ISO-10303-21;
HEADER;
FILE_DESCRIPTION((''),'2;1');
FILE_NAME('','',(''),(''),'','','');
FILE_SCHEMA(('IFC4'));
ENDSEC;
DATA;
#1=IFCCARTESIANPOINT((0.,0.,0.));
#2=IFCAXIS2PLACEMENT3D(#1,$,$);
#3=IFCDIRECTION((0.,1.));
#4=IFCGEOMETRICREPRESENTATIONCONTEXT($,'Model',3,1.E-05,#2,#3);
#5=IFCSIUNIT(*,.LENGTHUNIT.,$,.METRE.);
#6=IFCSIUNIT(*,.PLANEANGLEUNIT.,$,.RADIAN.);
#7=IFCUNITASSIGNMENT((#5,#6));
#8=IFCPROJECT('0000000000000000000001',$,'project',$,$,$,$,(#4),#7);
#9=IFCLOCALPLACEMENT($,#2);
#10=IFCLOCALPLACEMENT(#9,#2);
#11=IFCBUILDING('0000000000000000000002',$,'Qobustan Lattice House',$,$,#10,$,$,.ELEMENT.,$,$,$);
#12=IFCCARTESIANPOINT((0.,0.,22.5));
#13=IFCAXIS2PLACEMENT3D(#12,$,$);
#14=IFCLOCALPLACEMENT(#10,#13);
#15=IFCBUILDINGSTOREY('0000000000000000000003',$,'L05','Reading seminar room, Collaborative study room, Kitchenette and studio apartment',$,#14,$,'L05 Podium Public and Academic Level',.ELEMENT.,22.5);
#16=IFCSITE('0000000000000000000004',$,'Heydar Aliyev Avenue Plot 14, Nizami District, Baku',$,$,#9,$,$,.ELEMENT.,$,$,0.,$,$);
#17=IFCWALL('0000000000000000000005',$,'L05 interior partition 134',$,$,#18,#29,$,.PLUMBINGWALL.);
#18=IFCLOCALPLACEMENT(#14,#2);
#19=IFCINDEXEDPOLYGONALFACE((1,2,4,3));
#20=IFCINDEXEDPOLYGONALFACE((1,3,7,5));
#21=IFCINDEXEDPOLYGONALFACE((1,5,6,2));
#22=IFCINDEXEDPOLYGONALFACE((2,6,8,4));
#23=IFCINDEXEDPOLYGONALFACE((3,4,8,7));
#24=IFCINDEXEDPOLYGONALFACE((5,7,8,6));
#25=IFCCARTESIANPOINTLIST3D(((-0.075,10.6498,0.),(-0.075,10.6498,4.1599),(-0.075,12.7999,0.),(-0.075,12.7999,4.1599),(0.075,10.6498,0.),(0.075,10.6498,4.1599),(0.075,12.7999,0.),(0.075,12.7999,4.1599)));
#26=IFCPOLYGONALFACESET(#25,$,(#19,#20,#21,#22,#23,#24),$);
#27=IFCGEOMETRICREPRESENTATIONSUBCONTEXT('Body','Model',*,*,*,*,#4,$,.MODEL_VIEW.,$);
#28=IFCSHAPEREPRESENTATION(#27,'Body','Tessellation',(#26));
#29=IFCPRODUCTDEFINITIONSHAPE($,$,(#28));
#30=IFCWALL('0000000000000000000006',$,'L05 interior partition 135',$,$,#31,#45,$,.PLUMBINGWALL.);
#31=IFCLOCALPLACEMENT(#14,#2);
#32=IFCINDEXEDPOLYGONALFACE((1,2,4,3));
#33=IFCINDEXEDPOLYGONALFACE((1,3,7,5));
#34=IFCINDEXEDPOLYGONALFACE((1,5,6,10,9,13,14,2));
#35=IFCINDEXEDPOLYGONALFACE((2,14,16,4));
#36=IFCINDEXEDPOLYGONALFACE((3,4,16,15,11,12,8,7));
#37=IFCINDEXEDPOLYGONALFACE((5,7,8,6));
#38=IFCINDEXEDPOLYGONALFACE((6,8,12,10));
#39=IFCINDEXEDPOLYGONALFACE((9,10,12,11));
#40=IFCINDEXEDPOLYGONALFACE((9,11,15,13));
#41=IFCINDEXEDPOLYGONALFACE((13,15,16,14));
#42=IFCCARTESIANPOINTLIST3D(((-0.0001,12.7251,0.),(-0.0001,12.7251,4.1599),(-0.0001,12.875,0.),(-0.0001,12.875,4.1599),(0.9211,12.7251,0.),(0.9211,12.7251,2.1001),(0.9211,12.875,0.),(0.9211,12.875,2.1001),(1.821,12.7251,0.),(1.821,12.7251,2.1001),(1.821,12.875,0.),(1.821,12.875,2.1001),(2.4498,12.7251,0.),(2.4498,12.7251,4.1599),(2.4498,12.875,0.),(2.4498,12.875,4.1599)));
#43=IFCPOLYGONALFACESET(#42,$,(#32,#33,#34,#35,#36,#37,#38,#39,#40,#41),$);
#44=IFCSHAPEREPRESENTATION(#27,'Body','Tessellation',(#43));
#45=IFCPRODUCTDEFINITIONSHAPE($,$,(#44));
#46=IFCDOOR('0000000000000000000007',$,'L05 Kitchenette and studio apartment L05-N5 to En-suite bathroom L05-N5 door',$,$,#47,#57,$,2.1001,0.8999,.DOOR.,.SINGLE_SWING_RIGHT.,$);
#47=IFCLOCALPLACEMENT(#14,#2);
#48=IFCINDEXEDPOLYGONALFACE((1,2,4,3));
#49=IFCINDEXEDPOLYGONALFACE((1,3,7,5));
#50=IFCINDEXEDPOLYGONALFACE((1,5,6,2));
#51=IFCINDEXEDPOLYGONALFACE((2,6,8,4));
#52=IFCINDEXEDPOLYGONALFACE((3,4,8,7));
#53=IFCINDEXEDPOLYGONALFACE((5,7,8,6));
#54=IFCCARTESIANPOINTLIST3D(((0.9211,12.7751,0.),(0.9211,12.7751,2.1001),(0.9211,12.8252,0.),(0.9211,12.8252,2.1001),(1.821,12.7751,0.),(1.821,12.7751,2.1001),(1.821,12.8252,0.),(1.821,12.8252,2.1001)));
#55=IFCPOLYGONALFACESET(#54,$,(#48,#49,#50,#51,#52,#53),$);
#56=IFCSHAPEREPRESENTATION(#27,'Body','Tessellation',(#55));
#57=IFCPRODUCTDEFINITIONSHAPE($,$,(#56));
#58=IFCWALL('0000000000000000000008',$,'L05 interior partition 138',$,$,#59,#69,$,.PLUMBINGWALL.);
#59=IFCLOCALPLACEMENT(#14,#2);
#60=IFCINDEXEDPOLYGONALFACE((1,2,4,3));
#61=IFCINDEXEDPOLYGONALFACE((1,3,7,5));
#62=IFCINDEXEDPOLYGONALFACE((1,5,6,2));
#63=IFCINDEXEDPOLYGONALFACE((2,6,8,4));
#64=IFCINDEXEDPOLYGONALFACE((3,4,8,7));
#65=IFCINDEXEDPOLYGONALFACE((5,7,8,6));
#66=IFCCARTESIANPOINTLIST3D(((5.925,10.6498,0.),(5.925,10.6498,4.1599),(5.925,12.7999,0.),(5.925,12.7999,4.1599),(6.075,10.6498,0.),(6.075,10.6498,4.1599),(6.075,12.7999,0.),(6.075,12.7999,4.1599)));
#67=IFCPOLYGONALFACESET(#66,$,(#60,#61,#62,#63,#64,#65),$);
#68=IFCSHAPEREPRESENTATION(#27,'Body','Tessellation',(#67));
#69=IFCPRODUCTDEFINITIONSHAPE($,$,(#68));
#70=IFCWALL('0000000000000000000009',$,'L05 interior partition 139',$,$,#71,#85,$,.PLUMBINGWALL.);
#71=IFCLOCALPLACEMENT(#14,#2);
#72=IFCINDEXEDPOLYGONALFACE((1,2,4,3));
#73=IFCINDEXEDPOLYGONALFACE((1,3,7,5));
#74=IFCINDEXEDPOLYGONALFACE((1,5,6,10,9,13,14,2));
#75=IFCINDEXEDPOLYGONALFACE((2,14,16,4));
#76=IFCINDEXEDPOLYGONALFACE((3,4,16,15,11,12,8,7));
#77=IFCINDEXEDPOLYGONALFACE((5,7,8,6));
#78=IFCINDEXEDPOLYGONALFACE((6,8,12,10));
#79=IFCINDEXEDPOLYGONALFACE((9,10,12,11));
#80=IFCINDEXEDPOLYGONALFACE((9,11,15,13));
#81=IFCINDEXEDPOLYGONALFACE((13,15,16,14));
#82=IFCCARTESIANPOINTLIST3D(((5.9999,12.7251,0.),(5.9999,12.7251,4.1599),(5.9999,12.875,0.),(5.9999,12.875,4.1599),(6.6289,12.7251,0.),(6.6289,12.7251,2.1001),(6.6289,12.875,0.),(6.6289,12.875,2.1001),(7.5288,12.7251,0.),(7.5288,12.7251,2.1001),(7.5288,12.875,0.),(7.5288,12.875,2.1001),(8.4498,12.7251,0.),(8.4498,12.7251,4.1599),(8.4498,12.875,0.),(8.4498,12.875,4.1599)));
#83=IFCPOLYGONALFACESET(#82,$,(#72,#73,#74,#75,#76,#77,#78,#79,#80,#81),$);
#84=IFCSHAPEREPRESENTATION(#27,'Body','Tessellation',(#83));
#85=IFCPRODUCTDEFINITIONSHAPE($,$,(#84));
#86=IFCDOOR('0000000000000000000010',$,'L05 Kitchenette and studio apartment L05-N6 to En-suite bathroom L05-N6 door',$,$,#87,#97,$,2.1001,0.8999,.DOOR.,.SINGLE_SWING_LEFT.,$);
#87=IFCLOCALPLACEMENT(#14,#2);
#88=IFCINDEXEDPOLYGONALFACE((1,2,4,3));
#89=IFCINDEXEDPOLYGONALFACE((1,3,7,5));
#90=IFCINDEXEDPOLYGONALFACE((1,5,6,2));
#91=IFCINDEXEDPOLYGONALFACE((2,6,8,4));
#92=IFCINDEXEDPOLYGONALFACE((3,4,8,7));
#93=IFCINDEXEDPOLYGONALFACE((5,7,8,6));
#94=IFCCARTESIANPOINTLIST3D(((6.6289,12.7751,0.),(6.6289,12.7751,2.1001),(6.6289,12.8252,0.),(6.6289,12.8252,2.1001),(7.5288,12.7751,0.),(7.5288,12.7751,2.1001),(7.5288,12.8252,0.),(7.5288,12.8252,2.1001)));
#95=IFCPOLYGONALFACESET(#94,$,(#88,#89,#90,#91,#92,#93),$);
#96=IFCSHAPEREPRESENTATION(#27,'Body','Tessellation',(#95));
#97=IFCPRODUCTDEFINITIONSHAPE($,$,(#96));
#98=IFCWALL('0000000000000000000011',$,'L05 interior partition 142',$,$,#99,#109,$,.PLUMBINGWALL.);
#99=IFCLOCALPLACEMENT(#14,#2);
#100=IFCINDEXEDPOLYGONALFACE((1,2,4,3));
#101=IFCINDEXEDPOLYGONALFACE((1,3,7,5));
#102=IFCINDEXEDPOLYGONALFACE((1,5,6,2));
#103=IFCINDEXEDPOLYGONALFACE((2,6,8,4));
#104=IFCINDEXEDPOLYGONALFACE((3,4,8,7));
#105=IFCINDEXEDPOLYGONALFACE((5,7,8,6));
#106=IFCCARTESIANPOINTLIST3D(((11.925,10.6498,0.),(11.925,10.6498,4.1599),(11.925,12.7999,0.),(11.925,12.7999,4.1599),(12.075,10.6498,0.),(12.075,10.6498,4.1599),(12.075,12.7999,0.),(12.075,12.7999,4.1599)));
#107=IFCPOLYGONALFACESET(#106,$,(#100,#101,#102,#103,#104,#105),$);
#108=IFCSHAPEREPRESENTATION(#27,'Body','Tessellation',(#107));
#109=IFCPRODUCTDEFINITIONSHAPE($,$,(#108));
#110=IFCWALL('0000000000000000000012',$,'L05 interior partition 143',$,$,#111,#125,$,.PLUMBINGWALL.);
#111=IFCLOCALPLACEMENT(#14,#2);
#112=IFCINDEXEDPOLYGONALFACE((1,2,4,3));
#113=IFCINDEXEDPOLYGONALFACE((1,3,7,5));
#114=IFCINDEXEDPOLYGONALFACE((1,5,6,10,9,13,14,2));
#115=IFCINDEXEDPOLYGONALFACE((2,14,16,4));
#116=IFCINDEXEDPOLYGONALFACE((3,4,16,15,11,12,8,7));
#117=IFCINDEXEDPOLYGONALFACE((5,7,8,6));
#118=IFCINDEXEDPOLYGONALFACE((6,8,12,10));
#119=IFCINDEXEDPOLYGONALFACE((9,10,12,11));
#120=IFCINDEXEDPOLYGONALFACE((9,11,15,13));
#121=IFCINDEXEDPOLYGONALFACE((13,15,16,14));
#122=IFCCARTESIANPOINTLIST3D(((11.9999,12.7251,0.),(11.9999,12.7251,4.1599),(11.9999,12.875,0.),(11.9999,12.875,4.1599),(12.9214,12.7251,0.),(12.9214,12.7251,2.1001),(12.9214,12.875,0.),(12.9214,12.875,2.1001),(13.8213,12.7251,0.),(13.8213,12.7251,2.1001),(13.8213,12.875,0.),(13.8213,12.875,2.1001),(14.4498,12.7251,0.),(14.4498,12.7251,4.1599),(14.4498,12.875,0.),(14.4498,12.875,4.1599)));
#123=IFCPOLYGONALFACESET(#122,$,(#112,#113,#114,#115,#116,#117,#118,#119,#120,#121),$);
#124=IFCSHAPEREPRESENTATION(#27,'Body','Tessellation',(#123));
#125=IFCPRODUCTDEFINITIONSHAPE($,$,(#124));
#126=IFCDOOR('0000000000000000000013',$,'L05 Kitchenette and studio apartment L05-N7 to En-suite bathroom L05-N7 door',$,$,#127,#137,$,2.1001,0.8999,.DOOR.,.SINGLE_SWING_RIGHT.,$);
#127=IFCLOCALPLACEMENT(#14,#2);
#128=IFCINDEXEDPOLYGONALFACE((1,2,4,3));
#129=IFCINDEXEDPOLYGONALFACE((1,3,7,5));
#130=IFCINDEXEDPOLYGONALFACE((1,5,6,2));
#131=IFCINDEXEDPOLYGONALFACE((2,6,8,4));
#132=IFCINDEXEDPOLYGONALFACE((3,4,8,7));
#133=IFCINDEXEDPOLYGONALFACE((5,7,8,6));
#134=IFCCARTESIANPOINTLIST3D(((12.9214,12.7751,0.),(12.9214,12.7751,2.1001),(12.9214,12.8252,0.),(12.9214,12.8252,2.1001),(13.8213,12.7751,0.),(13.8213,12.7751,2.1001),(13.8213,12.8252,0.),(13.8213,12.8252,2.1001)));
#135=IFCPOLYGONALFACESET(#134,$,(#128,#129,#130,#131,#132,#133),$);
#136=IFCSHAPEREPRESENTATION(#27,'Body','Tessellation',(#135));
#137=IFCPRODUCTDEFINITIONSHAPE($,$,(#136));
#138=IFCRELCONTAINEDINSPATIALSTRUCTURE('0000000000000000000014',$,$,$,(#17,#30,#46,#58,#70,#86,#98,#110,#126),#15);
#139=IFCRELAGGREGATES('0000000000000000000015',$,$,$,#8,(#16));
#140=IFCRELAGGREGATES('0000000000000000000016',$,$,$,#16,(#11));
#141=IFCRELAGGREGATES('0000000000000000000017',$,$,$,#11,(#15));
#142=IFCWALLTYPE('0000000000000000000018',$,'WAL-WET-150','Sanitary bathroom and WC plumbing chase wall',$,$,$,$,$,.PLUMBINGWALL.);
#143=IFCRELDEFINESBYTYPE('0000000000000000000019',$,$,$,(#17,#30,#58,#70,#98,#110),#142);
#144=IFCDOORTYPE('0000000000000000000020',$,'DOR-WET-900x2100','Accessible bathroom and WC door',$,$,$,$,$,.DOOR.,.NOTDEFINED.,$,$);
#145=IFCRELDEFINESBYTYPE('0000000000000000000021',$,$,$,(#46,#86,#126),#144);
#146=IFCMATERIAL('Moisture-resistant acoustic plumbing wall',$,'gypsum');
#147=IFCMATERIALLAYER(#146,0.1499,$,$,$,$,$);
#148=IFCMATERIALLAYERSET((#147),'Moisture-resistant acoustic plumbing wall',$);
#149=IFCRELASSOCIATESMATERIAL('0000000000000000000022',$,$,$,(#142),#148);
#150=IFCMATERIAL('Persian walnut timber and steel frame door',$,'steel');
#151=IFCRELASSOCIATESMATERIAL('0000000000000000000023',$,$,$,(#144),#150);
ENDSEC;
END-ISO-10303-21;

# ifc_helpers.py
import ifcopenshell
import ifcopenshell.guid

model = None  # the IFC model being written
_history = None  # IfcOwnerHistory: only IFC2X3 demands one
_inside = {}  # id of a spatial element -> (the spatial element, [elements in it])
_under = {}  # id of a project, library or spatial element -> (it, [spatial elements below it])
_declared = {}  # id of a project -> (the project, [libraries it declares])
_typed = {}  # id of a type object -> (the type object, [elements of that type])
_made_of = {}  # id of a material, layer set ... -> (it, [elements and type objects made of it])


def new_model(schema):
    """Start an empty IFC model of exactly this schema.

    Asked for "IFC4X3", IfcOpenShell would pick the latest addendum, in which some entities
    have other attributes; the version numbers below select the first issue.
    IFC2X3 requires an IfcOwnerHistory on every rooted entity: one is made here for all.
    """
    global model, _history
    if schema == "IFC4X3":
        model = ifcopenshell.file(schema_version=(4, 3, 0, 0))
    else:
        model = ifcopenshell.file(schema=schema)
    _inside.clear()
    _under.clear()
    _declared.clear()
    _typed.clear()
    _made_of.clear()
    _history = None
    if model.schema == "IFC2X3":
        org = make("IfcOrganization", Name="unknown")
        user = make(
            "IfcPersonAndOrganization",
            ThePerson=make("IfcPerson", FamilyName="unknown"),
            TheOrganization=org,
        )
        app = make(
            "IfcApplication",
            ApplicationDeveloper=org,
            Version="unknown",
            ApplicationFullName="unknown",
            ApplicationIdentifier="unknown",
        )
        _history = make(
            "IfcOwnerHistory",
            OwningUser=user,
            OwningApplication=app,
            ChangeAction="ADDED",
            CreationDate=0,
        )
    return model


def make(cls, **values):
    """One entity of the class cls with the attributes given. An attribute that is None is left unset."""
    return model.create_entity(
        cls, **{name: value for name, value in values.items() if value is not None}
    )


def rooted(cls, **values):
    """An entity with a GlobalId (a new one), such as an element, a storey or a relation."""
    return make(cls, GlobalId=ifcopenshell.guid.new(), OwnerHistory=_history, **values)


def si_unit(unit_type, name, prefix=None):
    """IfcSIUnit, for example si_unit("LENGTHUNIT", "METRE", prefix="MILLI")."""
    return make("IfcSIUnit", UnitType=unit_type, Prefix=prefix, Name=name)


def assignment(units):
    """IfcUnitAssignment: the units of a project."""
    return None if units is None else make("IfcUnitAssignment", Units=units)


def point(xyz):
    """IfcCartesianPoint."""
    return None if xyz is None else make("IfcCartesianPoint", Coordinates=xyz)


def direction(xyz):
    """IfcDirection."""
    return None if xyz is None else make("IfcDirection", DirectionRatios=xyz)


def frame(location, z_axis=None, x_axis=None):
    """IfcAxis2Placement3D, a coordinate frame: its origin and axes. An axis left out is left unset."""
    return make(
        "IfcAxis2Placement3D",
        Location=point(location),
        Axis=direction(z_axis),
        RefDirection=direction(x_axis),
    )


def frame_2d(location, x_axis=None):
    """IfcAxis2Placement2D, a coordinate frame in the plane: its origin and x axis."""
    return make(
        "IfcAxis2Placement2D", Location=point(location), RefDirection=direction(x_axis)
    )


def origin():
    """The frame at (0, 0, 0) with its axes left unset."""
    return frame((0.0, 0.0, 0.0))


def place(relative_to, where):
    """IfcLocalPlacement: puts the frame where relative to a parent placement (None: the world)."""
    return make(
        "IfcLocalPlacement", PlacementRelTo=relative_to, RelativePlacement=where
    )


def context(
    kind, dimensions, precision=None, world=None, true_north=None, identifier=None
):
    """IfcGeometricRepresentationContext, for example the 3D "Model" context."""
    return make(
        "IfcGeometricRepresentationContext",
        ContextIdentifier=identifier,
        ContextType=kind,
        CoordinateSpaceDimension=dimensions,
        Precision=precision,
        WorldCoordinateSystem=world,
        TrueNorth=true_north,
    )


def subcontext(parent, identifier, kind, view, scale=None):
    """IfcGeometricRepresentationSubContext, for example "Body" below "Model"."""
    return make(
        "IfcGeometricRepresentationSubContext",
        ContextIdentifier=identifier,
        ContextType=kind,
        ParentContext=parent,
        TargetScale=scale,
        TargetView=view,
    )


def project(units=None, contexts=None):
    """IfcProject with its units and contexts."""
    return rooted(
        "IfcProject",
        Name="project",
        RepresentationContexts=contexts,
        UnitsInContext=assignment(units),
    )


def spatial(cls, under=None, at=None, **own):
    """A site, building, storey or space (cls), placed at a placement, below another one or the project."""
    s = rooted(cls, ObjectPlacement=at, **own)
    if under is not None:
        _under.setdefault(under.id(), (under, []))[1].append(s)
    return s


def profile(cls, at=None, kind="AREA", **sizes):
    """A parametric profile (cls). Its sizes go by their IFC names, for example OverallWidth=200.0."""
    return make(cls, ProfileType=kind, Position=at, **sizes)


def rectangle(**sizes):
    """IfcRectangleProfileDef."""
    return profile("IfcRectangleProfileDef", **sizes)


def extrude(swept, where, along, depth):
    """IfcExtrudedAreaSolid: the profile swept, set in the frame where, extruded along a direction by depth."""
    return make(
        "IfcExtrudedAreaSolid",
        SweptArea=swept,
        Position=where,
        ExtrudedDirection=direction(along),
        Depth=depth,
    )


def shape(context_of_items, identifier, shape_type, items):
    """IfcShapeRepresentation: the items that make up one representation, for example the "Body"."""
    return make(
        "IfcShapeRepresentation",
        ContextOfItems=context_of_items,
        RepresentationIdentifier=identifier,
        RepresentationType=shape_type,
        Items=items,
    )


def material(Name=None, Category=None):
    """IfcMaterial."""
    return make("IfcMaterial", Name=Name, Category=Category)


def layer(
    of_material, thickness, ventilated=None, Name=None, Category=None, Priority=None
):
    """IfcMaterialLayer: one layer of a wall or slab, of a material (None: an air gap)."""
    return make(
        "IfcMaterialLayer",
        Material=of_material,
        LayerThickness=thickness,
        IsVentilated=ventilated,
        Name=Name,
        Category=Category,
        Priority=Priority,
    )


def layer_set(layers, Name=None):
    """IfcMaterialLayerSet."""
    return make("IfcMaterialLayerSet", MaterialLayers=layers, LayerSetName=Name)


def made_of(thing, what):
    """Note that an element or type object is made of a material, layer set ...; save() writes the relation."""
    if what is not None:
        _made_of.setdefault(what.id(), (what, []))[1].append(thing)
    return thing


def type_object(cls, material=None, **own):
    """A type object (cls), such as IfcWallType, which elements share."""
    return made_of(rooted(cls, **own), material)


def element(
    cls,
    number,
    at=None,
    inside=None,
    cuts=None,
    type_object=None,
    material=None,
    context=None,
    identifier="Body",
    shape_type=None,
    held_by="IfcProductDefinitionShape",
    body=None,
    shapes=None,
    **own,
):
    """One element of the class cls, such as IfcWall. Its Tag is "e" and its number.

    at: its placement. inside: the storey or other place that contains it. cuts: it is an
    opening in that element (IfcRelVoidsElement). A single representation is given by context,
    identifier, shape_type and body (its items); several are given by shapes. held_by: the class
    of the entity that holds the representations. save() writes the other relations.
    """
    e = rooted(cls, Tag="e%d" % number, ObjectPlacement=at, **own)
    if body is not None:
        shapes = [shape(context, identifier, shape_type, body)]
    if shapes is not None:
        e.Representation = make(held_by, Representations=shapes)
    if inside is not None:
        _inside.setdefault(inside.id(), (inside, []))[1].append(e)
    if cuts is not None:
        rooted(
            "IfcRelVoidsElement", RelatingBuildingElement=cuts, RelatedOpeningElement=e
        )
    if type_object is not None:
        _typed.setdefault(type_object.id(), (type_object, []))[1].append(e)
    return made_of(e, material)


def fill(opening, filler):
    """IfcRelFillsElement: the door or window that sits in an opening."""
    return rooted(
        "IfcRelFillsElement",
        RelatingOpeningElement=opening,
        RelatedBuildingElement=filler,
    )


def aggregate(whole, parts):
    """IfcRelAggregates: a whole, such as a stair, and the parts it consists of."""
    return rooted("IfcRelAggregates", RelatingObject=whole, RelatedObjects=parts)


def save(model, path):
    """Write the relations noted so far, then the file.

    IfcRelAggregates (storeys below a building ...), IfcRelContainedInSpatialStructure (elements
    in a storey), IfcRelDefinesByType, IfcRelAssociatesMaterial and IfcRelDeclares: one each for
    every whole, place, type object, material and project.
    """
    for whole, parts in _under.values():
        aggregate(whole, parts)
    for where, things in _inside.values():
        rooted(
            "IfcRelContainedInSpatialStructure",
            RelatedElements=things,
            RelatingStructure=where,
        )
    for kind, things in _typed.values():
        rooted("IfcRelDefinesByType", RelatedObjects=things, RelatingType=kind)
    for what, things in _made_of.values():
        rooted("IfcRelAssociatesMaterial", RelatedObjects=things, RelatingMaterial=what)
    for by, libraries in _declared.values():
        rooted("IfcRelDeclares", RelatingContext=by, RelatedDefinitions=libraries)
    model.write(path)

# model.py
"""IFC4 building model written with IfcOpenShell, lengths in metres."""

from ifc_helpers import new_model, si_unit, direction, frame, frame_2d, origin, place, context, subcontext, project, spatial, rectangle, extrude, material, layer, layer_set, type_object, element, fill, save


model = new_model("IFC4")

# Units and contexts
model_context = context("Model", 3, precision=1e-05, world=origin(), true_north=direction((0.0, 1.0)))
body_context = subcontext(model_context, "Body", "Model", "MODEL_VIEW")
ifc_project = project(units=[si_unit("LENGTHUNIT", "METRE"), si_unit("PLANEANGLEUNIT", "RADIAN")], contexts=[model_context])

# Site, building, storey
site_placement = place(None, origin())
site = spatial("IfcSite", under=ifc_project, at=site_placement, Name="Heydar Aliyev Avenue Plot 14, Nizami District, Baku", CompositionType="ELEMENT", RefElevation=0.0)
building_placement = place(site_placement, origin())
building = spatial("IfcBuilding", under=site, at=building_placement, Name="Qobustan Lattice House", CompositionType="ELEMENT")
storey_placement = place(building_placement, frame((0.0, 0.0, 22.5)))
storey = spatial("IfcBuildingStorey", under=building, at=storey_placement, Name="L05", Description="Reading seminar room, Collaborative study room, Kitchenette and studio apartment", LongName="L05 Podium Public and Academic Level", CompositionType="ELEMENT", Elevation=22.5)

# Wall
ifc_material_1 = material(Name="Moisture-resistant acoustic plumbing wall", Category="gypsum")
ifc_layer_1 = layer(ifc_material_1, 0.1499)
ifc_layer_set_1 = layer_set([ifc_layer_1], Name="Moisture-resistant acoustic plumbing wall")
wall_type_1 = type_object("IfcWallType", Name="WAL-WET-150", Description="Sanitary bathroom and WC plumbing chase wall", PredefinedType="PLUMBINGWALL", material=ifc_layer_set_1)
wall_1_placement = place(storey_placement, frame((0.0, 12.8, 0.0), z_axis=(0.0, 0.0, 1.0), x_axis=(0.0, -1.0, 0.0)))
element("IfcWall", 1, at=wall_1_placement, inside=storey, type_object=wall_type_1, Name="L05 interior partition 134", PredefinedType="PLUMBINGWALL", context=body_context, shape_type="SweptSolid", body=[
    extrude(rectangle(XDim=2.1501, YDim=0.1499, at=frame_2d((1.0752, 0.0))), origin(), (0.0, 0.0, 1.0), 4.1599),
])

# Wall, opening, door
wall_2_placement = place(storey_placement, frame((2.45, 12.8, 0.0), z_axis=(0.0, 0.0, 1.0), x_axis=(-1.0, 0.0, 0.0)))
wall_2 = element("IfcWall", 2, at=wall_2_placement, inside=storey, type_object=wall_type_1, Name="L05 interior partition 135", PredefinedType="PLUMBINGWALL", context=body_context, shape_type="SweptSolid", body=[
    extrude(rectangle(XDim=2.45, YDim=0.1499, at=frame_2d((1.2251, 0.0))), origin(), (0.0, 0.0, 1.0), 4.1599),
])
opening_1_placement = place(wall_2_placement, frame((0.6289, 0.0, 0.0)))
opening_1 = element("IfcOpeningElement", 3, at=opening_1_placement, cuts=wall_2, PredefinedType="OPENING", context=body_context, shape_type="SweptSolid", body=[
    extrude(rectangle(XDim=0.8999, YDim=2.1001, at=frame_2d((0.45, 1.05))), frame((0.0, 0.085, 0.0), z_axis=(0.0, -1.0, 0.0), x_axis=(1.0, 0.0, 0.0)), (0.0, 0.0, 1.0), 0.1699),
])
ifc_material_2 = material(Name="Persian walnut timber and steel frame door", Category="steel")
door_type_1 = type_object("IfcDoorType", Name="DOR-WET-900x2100", Description="Accessible bathroom and WC door", OperationType="NOTDEFINED", PredefinedType="DOOR", material=ifc_material_2)
door_1_placement = place(opening_1_placement, origin())
door_1 = element("IfcDoor", 4, at=door_1_placement, inside=storey, type_object=door_type_1, Name="L05 Kitchenette and studio apartment L05-N5 to En-suite bathroom L05-N5 door", OperationType="SINGLE_SWING_RIGHT", OverallHeight=2.1001, OverallWidth=0.8999, PredefinedType="DOOR", context=body_context, shape_type="SweptSolid", body=[
    extrude(rectangle(XDim=0.8999, YDim=2.1001, at=frame_2d((0.45, 1.05))), frame((0.0, 0.0249, 0.0), z_axis=(0.0, -1.0, 0.0), x_axis=(1.0, 0.0, 0.0)), (0.0, 0.0, 1.0), 0.05),
])
fill(opening_1, door_1)

# Wall
wall_3_placement = place(storey_placement, frame((6.0, 12.8, 0.0), z_axis=(0.0, 0.0, 1.0), x_axis=(0.0, -1.0, 0.0)))
element("IfcWall", 5, at=wall_3_placement, inside=storey, type_object=wall_type_1, Name="L05 interior partition 138", PredefinedType="PLUMBINGWALL", context=body_context, shape_type="SweptSolid", body=[
    extrude(rectangle(XDim=2.1501, YDim=0.1499, at=frame_2d((1.0752, 0.0))), origin(), (0.0, 0.0, 1.0), 4.1599),
])

# Wall, opening, door
wall_4_placement = place(storey_placement, frame((8.45, 12.8, 0.0), z_axis=(0.0, 0.0, 1.0), x_axis=(-1.0, 0.0, 0.0)))
wall_4 = element("IfcWall", 6, at=wall_4_placement, inside=storey, type_object=wall_type_1, Name="L05 interior partition 139", PredefinedType="PLUMBINGWALL", context=body_context, shape_type="SweptSolid", body=[
    extrude(rectangle(XDim=2.45, YDim=0.1499, at=frame_2d((1.2251, 0.0))), origin(), (0.0, 0.0, 1.0), 4.1599),
])
opening_2_placement = place(wall_4_placement, frame((0.9211, 0.0, 0.0)))
opening_2 = element("IfcOpeningElement", 7, at=opening_2_placement, cuts=wall_4, PredefinedType="OPENING", context=body_context, shape_type="SweptSolid", body=[
    extrude(rectangle(XDim=0.8999, YDim=2.1001, at=frame_2d((0.45, 1.05))), frame((0.0, 0.085, 0.0), z_axis=(0.0, -1.0, 0.0), x_axis=(1.0, 0.0, 0.0)), (0.0, 0.0, 1.0), 0.1699),
])
door_2_placement = place(opening_2_placement, origin())
door_2 = element("IfcDoor", 8, at=door_2_placement, inside=storey, type_object=door_type_1, Name="L05 Kitchenette and studio apartment L05-N6 to En-suite bathroom L05-N6 door", OperationType="SINGLE_SWING_LEFT", OverallHeight=2.1001, OverallWidth=0.8999, PredefinedType="DOOR", context=body_context, shape_type="SweptSolid", body=[
    extrude(rectangle(XDim=0.8999, YDim=2.1001, at=frame_2d((0.45, 1.05))), frame((0.0, 0.0249, 0.0), z_axis=(0.0, -1.0, 0.0), x_axis=(1.0, 0.0, 0.0)), (0.0, 0.0, 1.0), 0.05),
])
fill(opening_2, door_2)

# Wall
wall_5_placement = place(storey_placement, frame((12.0, 12.8, 0.0), z_axis=(0.0, 0.0, 1.0), x_axis=(0.0, -1.0, 0.0)))
element("IfcWall", 9, at=wall_5_placement, inside=storey, type_object=wall_type_1, Name="L05 interior partition 142", PredefinedType="PLUMBINGWALL", context=body_context, shape_type="SweptSolid", body=[
    extrude(rectangle(XDim=2.1501, YDim=0.1499, at=frame_2d((1.0752, 0.0))), origin(), (0.0, 0.0, 1.0), 4.1599),
])

# Wall, opening, door
wall_6_placement = place(storey_placement, frame((14.45, 12.8, 0.0), z_axis=(0.0, 0.0, 1.0), x_axis=(-1.0, 0.0, 0.0)))
wall_6 = element("IfcWall", 10, at=wall_6_placement, inside=storey, type_object=wall_type_1, Name="L05 interior partition 143", PredefinedType="PLUMBINGWALL", context=body_context, shape_type="SweptSolid", body=[
    extrude(rectangle(XDim=2.45, YDim=0.1499, at=frame_2d((1.2251, 0.0))), origin(), (0.0, 0.0, 1.0), 4.1599),
])
opening_3_placement = place(wall_6_placement, frame((0.6287, 0.0, 0.0)))
opening_3 = element("IfcOpeningElement", 11, at=opening_3_placement, cuts=wall_6, PredefinedType="OPENING", context=body_context, shape_type="SweptSolid", body=[
    extrude(rectangle(XDim=0.8999, YDim=2.1001, at=frame_2d((0.45, 1.05))), frame((0.0, 0.085, 0.0), z_axis=(0.0, -1.0, 0.0), x_axis=(1.0, 0.0, 0.0)), (0.0, 0.0, 1.0), 0.1699),
])
door_3_placement = place(opening_3_placement, origin())
door_3 = element("IfcDoor", 12, at=door_3_placement, inside=storey, type_object=door_type_1, Name="L05 Kitchenette and studio apartment L05-N7 to En-suite bathroom L05-N7 door", OperationType="SINGLE_SWING_RIGHT", OverallHeight=2.1001, OverallWidth=0.8999, PredefinedType="DOOR", context=body_context, shape_type="SweptSolid", body=[
    extrude(rectangle(XDim=0.8999, YDim=2.1001, at=frame_2d((0.45, 1.05))), frame((0.0, 0.0249, 0.0), z_axis=(0.0, -1.0, 0.0), x_axis=(1.0, 0.0, 0.0)), (0.0, 0.0, 1.0), 0.05),
])
fill(opening_3, door_3)

save(model, "model.ifc")
